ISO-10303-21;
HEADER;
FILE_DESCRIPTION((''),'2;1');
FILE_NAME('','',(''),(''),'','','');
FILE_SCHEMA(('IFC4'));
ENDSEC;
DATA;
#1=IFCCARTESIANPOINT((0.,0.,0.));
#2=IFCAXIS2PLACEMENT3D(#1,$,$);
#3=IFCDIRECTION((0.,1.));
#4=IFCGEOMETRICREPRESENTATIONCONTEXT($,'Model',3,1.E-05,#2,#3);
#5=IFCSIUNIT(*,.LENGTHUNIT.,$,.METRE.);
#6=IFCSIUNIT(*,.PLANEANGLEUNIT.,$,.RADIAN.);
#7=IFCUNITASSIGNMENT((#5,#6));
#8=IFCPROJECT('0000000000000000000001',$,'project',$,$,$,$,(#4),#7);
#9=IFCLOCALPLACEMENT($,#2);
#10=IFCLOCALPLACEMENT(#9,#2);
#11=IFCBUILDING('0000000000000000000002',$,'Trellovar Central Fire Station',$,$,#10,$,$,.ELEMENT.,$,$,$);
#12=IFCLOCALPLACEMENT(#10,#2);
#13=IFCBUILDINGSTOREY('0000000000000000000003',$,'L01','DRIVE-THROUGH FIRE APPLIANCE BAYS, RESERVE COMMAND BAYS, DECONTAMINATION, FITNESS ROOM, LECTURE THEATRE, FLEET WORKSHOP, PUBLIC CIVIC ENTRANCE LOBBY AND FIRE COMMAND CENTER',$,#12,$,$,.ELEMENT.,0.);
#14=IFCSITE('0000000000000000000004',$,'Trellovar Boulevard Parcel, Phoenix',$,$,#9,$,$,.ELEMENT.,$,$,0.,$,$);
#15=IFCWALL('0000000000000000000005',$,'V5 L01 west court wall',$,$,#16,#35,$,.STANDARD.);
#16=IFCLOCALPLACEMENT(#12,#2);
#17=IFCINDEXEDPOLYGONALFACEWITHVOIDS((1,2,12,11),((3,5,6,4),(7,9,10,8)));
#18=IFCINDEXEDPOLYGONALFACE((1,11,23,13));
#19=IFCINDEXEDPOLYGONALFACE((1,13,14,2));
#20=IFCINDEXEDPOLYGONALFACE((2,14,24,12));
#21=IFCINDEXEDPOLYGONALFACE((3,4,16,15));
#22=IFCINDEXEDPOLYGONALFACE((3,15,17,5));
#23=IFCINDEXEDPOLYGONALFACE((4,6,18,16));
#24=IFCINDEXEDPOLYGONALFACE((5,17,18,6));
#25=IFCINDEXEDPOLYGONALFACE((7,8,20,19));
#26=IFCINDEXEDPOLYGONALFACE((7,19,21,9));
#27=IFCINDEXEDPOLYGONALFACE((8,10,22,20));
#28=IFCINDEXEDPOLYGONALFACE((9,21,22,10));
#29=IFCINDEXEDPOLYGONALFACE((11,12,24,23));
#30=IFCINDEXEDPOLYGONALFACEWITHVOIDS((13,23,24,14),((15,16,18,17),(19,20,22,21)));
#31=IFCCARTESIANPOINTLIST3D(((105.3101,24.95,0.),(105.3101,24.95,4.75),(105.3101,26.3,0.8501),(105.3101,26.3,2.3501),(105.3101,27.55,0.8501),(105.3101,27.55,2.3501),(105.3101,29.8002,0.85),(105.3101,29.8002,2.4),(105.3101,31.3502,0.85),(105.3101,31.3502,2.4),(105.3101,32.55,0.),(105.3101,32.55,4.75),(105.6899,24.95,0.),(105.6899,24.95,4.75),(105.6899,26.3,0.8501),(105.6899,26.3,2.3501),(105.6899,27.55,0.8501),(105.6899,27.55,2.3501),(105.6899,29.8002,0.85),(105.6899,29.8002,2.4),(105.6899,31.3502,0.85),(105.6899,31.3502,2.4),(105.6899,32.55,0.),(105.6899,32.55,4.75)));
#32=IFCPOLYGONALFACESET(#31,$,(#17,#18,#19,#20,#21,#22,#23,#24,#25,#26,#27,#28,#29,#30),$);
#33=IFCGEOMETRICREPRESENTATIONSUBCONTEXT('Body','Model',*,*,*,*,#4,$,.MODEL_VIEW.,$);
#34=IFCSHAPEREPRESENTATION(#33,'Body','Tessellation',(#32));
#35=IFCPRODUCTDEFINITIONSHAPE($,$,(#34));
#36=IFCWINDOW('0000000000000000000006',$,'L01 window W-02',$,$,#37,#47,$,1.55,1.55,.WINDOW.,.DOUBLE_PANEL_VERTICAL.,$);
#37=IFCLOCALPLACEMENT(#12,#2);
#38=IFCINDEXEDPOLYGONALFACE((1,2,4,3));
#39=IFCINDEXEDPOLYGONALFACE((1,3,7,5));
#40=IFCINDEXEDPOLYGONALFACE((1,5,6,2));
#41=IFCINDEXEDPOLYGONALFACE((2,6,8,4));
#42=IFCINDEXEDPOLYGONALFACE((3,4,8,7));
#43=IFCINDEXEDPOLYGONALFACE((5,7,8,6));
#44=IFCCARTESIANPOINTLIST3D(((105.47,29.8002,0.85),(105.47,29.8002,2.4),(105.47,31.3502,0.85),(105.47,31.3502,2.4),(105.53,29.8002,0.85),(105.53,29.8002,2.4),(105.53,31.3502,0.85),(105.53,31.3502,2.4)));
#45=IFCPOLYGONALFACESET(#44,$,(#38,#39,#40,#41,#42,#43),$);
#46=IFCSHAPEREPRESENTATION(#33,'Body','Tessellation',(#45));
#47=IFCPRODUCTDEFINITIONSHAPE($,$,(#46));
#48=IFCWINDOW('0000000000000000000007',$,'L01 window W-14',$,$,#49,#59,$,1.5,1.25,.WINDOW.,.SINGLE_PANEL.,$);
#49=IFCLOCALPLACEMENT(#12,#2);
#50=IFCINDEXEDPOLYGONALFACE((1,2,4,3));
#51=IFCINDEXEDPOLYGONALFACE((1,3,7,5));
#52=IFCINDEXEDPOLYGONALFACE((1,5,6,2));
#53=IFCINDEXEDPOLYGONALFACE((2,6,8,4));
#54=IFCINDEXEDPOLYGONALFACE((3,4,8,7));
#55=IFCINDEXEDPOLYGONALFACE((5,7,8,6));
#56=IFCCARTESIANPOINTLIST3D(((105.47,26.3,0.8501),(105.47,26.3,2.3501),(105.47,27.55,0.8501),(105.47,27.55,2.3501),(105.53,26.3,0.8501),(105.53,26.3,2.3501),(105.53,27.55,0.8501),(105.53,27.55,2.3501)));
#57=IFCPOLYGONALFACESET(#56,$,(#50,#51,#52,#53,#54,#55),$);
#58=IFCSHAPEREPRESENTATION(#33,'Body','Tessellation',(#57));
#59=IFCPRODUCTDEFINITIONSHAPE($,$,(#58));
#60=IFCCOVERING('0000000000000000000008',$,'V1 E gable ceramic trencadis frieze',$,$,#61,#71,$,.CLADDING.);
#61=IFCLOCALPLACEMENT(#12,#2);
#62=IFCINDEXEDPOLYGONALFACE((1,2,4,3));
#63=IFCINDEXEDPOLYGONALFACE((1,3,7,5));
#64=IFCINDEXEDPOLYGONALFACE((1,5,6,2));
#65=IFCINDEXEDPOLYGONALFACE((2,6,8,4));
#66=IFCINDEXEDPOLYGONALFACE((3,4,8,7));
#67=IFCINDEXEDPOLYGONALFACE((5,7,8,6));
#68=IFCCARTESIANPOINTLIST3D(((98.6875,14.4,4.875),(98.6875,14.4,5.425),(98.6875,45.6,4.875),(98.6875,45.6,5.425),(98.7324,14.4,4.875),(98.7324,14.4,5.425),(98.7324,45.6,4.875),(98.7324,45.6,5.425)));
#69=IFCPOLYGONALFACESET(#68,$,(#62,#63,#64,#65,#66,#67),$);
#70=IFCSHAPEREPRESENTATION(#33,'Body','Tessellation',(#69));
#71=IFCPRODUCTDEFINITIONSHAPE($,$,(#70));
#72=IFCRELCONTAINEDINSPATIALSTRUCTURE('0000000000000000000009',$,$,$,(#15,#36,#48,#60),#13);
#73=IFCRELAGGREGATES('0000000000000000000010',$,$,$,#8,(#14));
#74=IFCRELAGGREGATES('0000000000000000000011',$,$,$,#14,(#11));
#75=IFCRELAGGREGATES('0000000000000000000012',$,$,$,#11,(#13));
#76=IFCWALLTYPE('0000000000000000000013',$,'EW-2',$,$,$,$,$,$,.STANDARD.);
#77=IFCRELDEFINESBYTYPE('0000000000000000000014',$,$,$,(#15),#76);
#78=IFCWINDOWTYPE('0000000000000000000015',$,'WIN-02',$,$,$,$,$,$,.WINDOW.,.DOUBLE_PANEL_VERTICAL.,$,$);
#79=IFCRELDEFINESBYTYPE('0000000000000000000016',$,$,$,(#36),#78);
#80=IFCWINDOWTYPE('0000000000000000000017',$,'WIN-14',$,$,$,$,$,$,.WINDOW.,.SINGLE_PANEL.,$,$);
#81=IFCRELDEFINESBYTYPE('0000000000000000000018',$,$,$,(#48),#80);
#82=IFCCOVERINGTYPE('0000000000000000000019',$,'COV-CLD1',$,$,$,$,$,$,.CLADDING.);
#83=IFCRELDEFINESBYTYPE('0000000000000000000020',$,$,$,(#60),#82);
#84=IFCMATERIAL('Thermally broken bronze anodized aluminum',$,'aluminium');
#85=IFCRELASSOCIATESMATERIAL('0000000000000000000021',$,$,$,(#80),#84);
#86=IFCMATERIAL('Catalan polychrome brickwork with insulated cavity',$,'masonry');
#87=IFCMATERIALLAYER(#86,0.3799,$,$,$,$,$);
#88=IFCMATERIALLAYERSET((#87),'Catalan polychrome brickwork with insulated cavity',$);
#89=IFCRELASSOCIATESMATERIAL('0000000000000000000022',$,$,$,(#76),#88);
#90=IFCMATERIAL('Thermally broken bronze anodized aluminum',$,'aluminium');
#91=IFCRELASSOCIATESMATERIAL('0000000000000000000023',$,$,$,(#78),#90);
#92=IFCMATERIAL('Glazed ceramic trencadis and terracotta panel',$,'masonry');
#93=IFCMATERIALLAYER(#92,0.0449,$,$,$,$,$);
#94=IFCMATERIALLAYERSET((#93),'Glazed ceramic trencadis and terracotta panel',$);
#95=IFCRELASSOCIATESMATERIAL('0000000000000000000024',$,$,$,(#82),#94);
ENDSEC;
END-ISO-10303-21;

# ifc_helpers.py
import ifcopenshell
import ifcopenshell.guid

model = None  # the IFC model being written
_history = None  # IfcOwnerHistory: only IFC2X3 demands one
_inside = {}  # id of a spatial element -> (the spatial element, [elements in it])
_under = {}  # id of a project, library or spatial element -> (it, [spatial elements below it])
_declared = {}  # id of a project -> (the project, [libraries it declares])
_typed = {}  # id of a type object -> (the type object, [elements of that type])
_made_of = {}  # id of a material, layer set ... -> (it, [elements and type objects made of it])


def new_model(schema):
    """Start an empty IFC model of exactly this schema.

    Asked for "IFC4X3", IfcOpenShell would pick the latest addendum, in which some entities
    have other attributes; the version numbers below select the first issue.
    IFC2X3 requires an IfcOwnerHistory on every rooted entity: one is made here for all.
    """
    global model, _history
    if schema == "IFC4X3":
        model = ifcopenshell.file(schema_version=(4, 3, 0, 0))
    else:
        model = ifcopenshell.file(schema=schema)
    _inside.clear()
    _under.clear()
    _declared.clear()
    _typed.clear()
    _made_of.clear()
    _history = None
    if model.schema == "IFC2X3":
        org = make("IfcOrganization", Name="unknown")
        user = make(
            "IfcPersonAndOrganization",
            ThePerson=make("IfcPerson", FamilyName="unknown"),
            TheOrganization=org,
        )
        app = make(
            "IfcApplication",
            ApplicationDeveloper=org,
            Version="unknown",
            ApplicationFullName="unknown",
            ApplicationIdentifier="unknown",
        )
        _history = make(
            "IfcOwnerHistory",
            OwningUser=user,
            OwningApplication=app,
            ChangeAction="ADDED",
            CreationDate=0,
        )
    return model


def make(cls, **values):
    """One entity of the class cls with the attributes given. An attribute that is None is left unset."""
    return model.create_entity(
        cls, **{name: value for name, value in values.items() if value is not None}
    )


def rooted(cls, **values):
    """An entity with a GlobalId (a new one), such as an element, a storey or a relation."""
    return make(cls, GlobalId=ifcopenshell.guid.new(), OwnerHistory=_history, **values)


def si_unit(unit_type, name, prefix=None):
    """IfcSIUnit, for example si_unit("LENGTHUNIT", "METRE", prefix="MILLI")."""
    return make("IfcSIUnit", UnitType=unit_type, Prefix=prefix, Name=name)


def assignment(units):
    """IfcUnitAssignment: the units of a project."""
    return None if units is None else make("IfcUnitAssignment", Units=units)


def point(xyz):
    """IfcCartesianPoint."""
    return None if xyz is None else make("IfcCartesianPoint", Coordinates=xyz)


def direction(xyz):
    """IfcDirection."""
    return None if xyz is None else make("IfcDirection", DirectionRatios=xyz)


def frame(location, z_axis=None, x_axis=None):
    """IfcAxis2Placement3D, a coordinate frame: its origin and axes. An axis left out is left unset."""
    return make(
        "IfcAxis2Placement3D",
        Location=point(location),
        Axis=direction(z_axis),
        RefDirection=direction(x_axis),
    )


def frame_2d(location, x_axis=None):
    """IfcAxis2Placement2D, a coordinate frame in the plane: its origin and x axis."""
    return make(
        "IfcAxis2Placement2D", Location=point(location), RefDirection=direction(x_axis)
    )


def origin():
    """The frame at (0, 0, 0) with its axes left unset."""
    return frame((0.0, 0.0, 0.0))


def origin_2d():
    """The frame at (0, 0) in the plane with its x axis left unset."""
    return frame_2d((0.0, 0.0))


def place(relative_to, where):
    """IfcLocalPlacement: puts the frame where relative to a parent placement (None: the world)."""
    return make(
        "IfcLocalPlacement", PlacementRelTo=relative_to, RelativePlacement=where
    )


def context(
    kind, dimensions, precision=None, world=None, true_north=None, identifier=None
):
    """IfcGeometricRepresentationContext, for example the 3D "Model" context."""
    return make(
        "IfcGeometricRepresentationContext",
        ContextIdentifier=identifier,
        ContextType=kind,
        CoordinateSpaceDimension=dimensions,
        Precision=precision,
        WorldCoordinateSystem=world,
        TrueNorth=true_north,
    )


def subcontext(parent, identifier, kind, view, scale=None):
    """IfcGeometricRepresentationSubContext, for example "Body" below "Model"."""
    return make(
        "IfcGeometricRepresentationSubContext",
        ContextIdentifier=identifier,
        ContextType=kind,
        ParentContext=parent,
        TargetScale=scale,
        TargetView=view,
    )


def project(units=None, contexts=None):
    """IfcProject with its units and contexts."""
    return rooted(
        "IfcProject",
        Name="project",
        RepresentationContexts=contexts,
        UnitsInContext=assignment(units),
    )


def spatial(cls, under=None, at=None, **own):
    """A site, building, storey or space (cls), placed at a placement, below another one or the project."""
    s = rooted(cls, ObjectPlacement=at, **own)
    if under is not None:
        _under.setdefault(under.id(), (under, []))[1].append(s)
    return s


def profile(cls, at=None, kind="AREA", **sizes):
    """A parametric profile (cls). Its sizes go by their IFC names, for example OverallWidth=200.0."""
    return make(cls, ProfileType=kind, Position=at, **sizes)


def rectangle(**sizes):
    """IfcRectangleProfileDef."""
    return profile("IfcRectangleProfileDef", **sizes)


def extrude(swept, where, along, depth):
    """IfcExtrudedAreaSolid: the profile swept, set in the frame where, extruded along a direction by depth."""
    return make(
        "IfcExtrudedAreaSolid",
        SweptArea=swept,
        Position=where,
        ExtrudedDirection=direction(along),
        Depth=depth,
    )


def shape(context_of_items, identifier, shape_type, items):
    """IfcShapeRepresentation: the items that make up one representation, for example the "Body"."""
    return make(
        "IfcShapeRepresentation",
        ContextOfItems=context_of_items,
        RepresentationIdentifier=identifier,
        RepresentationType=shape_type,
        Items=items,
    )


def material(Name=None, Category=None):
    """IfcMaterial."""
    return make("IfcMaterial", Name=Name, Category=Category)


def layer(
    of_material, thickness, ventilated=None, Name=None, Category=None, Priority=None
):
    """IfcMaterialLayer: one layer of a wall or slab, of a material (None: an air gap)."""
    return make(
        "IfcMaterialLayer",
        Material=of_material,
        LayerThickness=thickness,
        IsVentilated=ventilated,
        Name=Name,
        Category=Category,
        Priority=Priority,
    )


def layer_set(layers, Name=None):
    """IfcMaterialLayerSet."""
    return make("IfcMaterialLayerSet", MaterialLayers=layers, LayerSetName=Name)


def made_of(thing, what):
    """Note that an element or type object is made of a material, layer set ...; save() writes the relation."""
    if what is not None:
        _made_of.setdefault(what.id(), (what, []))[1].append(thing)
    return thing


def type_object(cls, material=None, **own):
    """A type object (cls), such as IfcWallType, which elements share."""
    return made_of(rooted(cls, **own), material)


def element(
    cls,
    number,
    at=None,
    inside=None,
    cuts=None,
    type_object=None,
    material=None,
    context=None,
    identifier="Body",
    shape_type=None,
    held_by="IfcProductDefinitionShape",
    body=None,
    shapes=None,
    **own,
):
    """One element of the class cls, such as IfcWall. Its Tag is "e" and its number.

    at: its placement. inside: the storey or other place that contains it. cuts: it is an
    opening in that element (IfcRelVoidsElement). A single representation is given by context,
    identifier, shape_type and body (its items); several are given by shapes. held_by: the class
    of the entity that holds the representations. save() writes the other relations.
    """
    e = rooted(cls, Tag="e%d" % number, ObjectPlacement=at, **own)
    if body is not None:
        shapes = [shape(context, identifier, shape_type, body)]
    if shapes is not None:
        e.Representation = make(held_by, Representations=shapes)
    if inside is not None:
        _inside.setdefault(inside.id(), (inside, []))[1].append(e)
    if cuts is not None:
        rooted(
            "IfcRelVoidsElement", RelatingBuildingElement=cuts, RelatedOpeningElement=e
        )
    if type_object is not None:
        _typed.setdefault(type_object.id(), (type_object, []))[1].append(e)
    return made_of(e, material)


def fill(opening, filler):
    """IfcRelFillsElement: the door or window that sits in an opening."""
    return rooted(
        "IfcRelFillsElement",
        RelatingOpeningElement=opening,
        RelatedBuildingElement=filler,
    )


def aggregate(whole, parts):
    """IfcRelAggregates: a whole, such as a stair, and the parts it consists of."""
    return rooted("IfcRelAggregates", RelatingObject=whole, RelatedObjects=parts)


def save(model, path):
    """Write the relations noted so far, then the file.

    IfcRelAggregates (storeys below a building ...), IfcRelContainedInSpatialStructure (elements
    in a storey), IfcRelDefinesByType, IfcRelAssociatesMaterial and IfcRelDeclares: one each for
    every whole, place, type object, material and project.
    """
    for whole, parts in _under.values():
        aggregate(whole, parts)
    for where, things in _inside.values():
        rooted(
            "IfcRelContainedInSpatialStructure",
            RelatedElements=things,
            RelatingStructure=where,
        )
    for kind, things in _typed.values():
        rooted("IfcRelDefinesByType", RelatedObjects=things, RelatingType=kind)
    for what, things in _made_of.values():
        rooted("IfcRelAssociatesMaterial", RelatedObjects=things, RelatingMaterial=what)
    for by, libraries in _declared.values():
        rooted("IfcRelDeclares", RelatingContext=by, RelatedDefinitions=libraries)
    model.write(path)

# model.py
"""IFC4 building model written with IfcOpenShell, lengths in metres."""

from ifc_helpers import new_model, si_unit, direction, frame, frame_2d, origin, origin_2d, place, context, subcontext, project, spatial, rectangle, extrude, material, layer, layer_set, type_object, element, fill, save


model = new_model("IFC4")

# Units and contexts
model_context = context("Model", 3, precision=1e-05, world=origin(), true_north=direction((0.0, 1.0)))
body_context = subcontext(model_context, "Body", "Model", "MODEL_VIEW")
ifc_project = project(units=[si_unit("LENGTHUNIT", "METRE"), si_unit("PLANEANGLEUNIT", "RADIAN")], contexts=[model_context])

# Site, building, storey
site_placement = place(None, origin())
site = spatial("IfcSite", under=ifc_project, at=site_placement, Name="Trellovar Boulevard Parcel, Phoenix", CompositionType="ELEMENT", RefElevation=0.0)
building_placement = place(site_placement, origin())
building = spatial("IfcBuilding", under=site, at=building_placement, Name="Trellovar Central Fire Station", CompositionType="ELEMENT")
storey_placement = place(building_placement, origin())
storey = spatial("IfcBuildingStorey", under=building, at=storey_placement, Name="L01", Description="DRIVE-THROUGH FIRE APPLIANCE BAYS, RESERVE COMMAND BAYS, DECONTAMINATION, FITNESS ROOM, LECTURE THEATRE, FLEET WORKSHOP, PUBLIC CIVIC ENTRANCE LOBBY AND FIRE COMMAND CENTER", CompositionType="ELEMENT", Elevation=0.0)

# Wall, openings, windows
ifc_material_1 = material(Name="Thermally broken bronze anodized aluminum", Category="aluminium")
window_type_1 = type_object("IfcWindowType", Name="WIN-14", PartitioningType="SINGLE_PANEL", PredefinedType="WINDOW", material=ifc_material_1)
ifc_material_2 = material(Name="Catalan polychrome brickwork with insulated cavity", Category="masonry")
ifc_layer_1 = layer(ifc_material_2, 0.3799)
ifc_layer_set_1 = layer_set([ifc_layer_1], Name="Catalan polychrome brickwork with insulated cavity")
wall_type_1 = type_object("IfcWallType", Name="EW-2", PredefinedType="STANDARD", material=ifc_layer_set_1)
wall_1_placement = place(storey_placement, frame((105.5, 32.55, 0.0), z_axis=(0.0, 0.0, 1.0), x_axis=(0.0, -1.0, 0.0)))
wall_1 = element("IfcWall", 1, at=wall_1_placement, inside=storey, type_object=wall_type_1, Name="V5 L01 west court wall", PredefinedType="STANDARD", context=body_context, shape_type="SweptSolid", body=[
    extrude(rectangle(XDim=7.6001, YDim=0.3799, at=frame_2d((3.8, 0.0))), origin(), (0.0, 0.0, 1.0), 4.75),
])
opening_1_placement = place(wall_1_placement, frame((1.2, 0.0, 0.8501)))
opening_1 = element("IfcOpeningElement", 2, at=opening_1_placement, cuts=wall_1, PredefinedType="OPENING", context=body_context, shape_type="SweptSolid", body=[
    extrude(rectangle(XDim=1.55, YDim=1.55, at=frame_2d((0.7749, 0.7749))), frame((0.0, 0.2, 0.0), z_axis=(0.0, -1.0, 0.0), x_axis=(1.0, 0.0, 0.0)), (0.0, 0.0, 1.0), 0.3999),
])
opening_2_placement = place(wall_1_placement, frame((5.0, 0.0, 0.8501)))
opening_2 = element("IfcOpeningElement", 3, at=opening_2_placement, cuts=wall_1, PredefinedType="OPENING", context=body_context, shape_type="SweptSolid", body=[
    extrude(rectangle(XDim=1.25, YDim=1.5, at=frame_2d((0.625, 0.75))), frame((0.0, 0.2, 0.0), z_axis=(0.0, -1.0, 0.0), x_axis=(1.0, 0.0, 0.0)), (0.0, 0.0, 1.0), 0.3999),
])
ifc_material_3 = material(Name="Thermally broken bronze anodized aluminum", Category="aluminium")
window_type_2 = type_object("IfcWindowType", Name="WIN-02", PartitioningType="DOUBLE_PANEL_VERTICAL", PredefinedType="WINDOW", material=ifc_material_3)
window_1_placement = place(opening_1_placement, origin())
window_1 = element("IfcWindow", 4, at=window_1_placement, inside=storey, type_object=window_type_2, Name="L01 window W-02", OverallHeight=1.55, OverallWidth=1.55, PartitioningType="DOUBLE_PANEL_VERTICAL", PredefinedType="WINDOW", context=body_context, shape_type="SweptSolid", body=[
    extrude(rectangle(XDim=1.55, YDim=1.55, at=frame_2d((0.7749, 0.7749))), frame((0.0, 0.03, 0.0), z_axis=(0.0, -1.0, 0.0), x_axis=(1.0, 0.0, 0.0)), (0.0, 0.0, 1.0), 0.0601),
])
fill(opening_1, window_1)
window_2_placement = place(opening_2_placement, origin())
window_2 = element("IfcWindow", 5, at=window_2_placement, inside=storey, type_object=window_type_1, Name="L01 window W-14", OverallHeight=1.5, OverallWidth=1.25, PartitioningType="SINGLE_PANEL", PredefinedType="WINDOW", context=body_context, shape_type="SweptSolid", body=[
    extrude(rectangle(XDim=1.25, YDim=1.5, at=frame_2d((0.625, 0.75))), frame((0.0, 0.03, 0.0), z_axis=(0.0, -1.0, 0.0), x_axis=(1.0, 0.0, 0.0)), (0.0, 0.0, 1.0), 0.0601),
])
fill(opening_2, window_2)

# Covering
ifc_material_4 = material(Name="Glazed ceramic trencadis and terracotta panel", Category="masonry")
ifc_layer_2 = layer(ifc_material_4, 0.0449)
ifc_layer_set_2 = layer_set([ifc_layer_2], Name="Glazed ceramic trencadis and terracotta panel")
covering_type = type_object("IfcCoveringType", Name="COV-CLD1", PredefinedType="CLADDING", material=ifc_layer_set_2)
covering_placement = place(storey_placement, frame((98.71, 30.0, 4.875), z_axis=(0.0, 0.0, 1.0), x_axis=(1.0, 0.0, 0.0)))
element("IfcCovering", 6, at=covering_placement, inside=storey, type_object=covering_type, Name="V1 E gable ceramic trencadis frieze", PredefinedType="CLADDING", context=body_context, shape_type="SweptSolid", body=[
    extrude(rectangle(XDim=0.0449, YDim=31.2, at=origin_2d()), origin(), (0.0, 0.0, 1.0), 0.55),
])

save(model, "model.ifc")
